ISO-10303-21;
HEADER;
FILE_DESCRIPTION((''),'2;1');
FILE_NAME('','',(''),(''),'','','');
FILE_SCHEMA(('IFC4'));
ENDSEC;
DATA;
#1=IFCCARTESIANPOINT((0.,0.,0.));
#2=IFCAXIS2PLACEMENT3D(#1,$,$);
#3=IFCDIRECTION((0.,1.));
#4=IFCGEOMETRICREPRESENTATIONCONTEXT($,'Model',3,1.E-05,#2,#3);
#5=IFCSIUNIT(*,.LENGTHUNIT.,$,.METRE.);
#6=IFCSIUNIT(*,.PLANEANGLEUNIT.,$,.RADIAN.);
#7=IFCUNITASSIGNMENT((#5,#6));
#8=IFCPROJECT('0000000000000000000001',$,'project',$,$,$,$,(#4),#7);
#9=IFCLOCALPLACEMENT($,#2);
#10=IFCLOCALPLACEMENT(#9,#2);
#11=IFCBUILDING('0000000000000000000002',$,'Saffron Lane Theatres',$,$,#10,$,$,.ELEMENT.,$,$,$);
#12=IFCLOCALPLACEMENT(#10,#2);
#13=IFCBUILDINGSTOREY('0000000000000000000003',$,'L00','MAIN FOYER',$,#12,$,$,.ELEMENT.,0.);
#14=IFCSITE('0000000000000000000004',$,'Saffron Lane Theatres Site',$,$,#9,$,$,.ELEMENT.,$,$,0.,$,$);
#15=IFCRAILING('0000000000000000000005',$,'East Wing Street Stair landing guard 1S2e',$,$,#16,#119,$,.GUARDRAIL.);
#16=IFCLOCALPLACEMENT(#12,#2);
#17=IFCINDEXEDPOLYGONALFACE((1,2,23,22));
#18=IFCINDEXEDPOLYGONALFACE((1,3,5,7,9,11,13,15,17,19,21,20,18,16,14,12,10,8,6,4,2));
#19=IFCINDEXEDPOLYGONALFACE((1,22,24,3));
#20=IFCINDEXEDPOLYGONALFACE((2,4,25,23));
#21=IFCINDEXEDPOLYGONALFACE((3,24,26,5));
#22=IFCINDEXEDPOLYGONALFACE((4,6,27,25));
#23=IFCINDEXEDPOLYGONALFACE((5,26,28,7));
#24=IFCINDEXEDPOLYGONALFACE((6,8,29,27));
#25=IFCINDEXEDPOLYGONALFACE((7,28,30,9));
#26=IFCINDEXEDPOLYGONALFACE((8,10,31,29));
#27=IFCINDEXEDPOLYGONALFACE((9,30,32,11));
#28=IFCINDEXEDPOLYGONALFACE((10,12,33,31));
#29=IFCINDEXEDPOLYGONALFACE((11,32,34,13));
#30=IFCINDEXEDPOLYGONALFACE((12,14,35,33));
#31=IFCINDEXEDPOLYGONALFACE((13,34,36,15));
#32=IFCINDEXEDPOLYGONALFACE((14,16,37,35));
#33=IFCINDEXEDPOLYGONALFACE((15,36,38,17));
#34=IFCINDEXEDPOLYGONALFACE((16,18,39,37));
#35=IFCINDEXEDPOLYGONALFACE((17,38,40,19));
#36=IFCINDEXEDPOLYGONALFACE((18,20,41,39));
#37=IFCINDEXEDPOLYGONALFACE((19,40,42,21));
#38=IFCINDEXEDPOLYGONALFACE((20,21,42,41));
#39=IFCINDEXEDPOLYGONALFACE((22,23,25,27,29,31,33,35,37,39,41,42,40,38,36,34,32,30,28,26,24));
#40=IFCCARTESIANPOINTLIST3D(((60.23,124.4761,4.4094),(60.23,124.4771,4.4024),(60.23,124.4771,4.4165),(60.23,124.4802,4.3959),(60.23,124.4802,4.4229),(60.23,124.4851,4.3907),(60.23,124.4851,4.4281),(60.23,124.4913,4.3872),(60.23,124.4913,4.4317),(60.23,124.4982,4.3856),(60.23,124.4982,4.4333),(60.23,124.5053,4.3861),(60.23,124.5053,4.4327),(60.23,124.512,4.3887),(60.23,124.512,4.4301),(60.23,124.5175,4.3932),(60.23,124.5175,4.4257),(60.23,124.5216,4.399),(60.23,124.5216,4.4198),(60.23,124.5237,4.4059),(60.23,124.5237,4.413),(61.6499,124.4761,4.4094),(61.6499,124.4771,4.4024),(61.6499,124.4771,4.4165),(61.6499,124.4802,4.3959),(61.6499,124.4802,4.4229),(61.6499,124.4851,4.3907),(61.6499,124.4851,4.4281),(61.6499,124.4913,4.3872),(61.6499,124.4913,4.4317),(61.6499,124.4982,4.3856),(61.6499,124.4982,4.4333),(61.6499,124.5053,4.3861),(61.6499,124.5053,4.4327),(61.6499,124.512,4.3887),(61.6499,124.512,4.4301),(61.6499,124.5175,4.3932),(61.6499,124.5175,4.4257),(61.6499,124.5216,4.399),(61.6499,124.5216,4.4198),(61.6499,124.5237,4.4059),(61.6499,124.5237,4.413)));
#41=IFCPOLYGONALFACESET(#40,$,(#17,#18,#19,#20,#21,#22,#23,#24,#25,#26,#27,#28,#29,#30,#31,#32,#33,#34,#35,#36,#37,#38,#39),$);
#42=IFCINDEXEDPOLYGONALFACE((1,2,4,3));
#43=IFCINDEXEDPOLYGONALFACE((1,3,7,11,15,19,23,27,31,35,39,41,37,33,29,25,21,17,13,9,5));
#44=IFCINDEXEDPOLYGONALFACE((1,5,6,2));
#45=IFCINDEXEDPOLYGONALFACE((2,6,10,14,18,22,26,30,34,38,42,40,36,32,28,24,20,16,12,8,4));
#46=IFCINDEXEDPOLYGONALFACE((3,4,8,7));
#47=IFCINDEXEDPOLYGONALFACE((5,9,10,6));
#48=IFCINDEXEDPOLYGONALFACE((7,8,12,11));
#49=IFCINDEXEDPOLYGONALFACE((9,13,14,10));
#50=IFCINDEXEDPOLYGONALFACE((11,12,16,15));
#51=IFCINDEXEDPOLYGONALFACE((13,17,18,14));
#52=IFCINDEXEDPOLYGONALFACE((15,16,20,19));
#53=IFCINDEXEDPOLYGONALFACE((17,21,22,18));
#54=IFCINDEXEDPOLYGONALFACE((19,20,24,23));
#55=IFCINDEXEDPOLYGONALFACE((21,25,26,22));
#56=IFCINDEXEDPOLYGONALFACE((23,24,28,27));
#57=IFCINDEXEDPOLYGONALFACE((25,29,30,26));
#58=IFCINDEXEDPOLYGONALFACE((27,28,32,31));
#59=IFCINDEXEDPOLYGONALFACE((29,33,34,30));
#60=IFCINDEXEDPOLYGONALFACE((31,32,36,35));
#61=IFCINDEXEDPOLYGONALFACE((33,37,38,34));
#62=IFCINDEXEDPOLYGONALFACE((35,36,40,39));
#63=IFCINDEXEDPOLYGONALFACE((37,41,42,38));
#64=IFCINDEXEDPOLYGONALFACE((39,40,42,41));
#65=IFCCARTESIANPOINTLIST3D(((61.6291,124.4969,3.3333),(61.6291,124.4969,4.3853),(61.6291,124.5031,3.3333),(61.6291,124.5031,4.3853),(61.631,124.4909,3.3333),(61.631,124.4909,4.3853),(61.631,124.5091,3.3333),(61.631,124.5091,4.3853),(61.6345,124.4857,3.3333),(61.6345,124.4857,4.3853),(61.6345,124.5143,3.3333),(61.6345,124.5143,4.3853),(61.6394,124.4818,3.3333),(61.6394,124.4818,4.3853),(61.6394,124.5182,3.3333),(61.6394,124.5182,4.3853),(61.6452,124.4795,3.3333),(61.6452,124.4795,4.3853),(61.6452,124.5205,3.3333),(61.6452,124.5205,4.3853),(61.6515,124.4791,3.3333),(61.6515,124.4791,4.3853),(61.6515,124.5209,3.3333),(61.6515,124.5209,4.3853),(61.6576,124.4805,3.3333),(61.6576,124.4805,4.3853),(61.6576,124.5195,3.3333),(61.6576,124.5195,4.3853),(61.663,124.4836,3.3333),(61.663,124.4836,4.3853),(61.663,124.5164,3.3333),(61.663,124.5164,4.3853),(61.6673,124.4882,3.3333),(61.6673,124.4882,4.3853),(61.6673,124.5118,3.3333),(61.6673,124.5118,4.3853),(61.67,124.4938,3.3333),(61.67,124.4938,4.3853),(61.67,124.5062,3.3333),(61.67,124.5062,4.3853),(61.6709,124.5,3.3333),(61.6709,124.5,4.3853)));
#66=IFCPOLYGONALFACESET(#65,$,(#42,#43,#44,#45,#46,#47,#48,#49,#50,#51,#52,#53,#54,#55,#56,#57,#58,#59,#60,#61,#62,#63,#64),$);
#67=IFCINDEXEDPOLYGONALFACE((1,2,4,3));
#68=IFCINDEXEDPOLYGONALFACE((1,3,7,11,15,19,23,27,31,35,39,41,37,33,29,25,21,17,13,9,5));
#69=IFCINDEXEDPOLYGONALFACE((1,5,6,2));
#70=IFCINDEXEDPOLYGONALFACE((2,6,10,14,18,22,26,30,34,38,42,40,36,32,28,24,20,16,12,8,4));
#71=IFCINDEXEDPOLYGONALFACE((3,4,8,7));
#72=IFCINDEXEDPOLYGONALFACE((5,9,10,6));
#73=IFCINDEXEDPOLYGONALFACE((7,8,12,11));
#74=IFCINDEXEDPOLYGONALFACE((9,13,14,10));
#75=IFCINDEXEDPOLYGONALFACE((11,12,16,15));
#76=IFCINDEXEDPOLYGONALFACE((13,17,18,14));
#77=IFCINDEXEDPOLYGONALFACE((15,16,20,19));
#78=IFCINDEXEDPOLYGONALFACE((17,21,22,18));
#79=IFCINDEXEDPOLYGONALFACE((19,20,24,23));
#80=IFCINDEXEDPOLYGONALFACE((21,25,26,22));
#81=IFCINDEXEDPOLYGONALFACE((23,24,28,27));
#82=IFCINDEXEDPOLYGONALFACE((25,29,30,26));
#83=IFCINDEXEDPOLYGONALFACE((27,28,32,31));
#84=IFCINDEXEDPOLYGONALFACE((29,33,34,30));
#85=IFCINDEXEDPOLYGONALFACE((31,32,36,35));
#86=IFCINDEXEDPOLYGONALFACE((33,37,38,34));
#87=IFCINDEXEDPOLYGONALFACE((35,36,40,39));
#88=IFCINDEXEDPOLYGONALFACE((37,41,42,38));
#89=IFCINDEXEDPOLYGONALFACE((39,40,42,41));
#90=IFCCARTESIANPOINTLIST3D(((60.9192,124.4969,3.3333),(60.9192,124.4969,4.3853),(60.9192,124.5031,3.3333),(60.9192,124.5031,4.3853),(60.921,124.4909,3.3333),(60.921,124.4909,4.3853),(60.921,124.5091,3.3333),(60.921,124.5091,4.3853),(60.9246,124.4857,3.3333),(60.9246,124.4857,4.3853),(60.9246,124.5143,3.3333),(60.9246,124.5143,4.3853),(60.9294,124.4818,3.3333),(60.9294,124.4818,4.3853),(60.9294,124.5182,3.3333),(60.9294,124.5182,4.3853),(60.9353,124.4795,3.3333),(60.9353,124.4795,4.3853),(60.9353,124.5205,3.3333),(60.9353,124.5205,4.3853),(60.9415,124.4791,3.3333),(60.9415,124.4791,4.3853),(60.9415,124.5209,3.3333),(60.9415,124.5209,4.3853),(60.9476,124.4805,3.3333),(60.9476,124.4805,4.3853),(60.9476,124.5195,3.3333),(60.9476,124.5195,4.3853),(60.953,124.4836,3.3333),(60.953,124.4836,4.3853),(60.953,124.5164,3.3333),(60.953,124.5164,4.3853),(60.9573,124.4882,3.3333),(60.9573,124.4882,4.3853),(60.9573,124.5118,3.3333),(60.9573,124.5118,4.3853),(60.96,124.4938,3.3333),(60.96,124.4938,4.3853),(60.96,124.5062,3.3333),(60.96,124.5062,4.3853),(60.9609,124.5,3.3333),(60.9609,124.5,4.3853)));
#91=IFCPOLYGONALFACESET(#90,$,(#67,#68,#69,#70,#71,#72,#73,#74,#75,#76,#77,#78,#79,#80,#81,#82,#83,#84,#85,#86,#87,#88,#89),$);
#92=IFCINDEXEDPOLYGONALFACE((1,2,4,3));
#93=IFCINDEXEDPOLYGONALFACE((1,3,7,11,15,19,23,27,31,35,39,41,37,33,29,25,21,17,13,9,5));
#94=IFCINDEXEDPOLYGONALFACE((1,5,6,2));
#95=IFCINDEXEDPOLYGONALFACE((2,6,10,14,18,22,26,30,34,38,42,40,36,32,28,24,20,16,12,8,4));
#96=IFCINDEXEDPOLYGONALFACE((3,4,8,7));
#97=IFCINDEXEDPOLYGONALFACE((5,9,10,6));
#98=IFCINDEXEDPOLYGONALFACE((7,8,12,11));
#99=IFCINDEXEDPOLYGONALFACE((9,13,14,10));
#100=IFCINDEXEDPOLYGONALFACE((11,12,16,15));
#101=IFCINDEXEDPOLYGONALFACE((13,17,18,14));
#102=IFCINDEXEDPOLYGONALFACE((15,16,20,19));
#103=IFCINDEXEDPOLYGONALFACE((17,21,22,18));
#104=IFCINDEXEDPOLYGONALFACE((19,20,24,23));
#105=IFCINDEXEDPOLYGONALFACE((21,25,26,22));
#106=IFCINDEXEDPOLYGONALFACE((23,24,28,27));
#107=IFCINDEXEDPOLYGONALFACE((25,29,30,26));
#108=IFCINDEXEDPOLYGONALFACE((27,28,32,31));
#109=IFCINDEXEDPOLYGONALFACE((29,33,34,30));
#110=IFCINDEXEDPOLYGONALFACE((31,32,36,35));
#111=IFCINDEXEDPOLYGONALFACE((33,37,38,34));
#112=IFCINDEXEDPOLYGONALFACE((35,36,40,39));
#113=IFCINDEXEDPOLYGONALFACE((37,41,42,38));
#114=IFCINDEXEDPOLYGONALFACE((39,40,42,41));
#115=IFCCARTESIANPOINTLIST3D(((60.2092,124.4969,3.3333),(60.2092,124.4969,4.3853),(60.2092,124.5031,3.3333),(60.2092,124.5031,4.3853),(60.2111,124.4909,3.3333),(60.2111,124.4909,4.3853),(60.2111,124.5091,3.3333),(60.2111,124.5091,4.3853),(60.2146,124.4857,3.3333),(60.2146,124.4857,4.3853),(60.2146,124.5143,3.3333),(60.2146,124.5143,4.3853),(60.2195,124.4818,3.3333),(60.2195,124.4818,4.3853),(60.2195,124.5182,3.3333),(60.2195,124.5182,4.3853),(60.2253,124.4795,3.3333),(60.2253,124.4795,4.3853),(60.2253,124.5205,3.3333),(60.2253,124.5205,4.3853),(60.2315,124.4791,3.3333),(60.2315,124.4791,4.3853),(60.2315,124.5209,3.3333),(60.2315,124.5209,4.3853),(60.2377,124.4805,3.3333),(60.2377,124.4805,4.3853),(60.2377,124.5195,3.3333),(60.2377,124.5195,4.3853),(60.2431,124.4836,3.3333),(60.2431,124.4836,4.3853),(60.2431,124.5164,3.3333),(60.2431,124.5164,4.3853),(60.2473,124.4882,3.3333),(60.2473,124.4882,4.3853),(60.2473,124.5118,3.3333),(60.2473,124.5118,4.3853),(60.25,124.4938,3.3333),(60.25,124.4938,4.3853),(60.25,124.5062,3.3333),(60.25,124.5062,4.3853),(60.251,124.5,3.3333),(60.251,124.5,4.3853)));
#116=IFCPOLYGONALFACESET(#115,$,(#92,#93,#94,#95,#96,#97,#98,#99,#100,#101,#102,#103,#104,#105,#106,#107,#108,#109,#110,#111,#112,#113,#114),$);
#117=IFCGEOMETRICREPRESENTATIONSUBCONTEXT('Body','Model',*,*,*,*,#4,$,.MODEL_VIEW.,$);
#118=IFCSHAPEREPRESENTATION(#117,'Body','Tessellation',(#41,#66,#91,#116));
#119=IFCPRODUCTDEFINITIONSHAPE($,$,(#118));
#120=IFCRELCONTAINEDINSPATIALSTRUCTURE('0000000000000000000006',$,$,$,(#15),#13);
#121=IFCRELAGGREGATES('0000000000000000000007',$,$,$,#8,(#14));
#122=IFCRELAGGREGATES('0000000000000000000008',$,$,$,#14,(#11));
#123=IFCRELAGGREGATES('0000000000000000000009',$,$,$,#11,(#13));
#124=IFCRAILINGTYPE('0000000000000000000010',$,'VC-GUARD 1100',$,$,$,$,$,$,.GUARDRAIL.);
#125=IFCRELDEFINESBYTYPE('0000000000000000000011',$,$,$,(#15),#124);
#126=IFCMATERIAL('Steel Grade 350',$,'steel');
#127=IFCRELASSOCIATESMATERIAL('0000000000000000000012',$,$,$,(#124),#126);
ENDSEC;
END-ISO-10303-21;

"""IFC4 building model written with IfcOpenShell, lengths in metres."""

from ifc_helpers import new_model, si_unit, direction, frame, origin, origin_2d, place, context, subcontext, project, spatial, circle, extrude, material, type_object, element, save


model = new_model("IFC4")

# Units and contexts
model_context = context("Model", 3, precision=1e-05, world=origin(), true_north=direction((0.0, 1.0)))
body_context = subcontext(model_context, "Body", "Model", "MODEL_VIEW")
ifc_project = project(units=[si_unit("LENGTHUNIT", "METRE"), si_unit("PLANEANGLEUNIT", "RADIAN")], contexts=[model_context])

# Site, building, storey
site_placement = place(None, origin())
site = spatial("IfcSite", under=ifc_project, at=site_placement, Name="Saffron Lane Theatres Site", CompositionType="ELEMENT", RefElevation=0.0)
building_placement = place(site_placement, origin())
building = spatial("IfcBuilding", under=site, at=building_placement, Name="Saffron Lane Theatres", CompositionType="ELEMENT")
storey_placement = place(building_placement, origin())
storey = spatial("IfcBuildingStorey", under=building, at=storey_placement, Name="L00", Description="MAIN FOYER", CompositionType="ELEMENT", Elevation=0.0)

# Railing
ifc_material_1 = material(Name="Steel Grade 350", Category="steel")
railing_type_1 = type_object("IfcRailingType", Name="VC-GUARD 1100", PredefinedType="GUARDRAIL", material=ifc_material_1)
railing_1_placement = place(storey_placement, frame((61.6499, 124.5, 3.3333)))
element("IfcRailing", 1, at=railing_1_placement, inside=storey, type_object=railing_type_1, Name="East Wing Street Stair landing guard 1S2e", PredefinedType="GUARDRAIL", context=body_context, shape_type="SweptSolid", body=[
    extrude(circle(Radius=0.0239, at=origin_2d()), frame((0.0, 0.0, 1.0762), z_axis=(-1.0, 0.0, 0.0), x_axis=(0.0, -1.0, 0.0)), (0.0, 0.0, 1.0), 1.4199),
    extrude(circle(Radius=0.021, at=origin_2d()), origin(), (0.0, 0.0, 1.0), 1.052),
    extrude(circle(Radius=0.021, at=origin_2d()), frame((-0.71, 0.0, 0.0)), (0.0, 0.0, 1.0), 1.052),
    extrude(circle(Radius=0.021, at=origin_2d()), frame((-1.4199, 0.0, 0.0)), (0.0, 0.0, 1.0), 1.052),
])

save(model, "model.ifc")
